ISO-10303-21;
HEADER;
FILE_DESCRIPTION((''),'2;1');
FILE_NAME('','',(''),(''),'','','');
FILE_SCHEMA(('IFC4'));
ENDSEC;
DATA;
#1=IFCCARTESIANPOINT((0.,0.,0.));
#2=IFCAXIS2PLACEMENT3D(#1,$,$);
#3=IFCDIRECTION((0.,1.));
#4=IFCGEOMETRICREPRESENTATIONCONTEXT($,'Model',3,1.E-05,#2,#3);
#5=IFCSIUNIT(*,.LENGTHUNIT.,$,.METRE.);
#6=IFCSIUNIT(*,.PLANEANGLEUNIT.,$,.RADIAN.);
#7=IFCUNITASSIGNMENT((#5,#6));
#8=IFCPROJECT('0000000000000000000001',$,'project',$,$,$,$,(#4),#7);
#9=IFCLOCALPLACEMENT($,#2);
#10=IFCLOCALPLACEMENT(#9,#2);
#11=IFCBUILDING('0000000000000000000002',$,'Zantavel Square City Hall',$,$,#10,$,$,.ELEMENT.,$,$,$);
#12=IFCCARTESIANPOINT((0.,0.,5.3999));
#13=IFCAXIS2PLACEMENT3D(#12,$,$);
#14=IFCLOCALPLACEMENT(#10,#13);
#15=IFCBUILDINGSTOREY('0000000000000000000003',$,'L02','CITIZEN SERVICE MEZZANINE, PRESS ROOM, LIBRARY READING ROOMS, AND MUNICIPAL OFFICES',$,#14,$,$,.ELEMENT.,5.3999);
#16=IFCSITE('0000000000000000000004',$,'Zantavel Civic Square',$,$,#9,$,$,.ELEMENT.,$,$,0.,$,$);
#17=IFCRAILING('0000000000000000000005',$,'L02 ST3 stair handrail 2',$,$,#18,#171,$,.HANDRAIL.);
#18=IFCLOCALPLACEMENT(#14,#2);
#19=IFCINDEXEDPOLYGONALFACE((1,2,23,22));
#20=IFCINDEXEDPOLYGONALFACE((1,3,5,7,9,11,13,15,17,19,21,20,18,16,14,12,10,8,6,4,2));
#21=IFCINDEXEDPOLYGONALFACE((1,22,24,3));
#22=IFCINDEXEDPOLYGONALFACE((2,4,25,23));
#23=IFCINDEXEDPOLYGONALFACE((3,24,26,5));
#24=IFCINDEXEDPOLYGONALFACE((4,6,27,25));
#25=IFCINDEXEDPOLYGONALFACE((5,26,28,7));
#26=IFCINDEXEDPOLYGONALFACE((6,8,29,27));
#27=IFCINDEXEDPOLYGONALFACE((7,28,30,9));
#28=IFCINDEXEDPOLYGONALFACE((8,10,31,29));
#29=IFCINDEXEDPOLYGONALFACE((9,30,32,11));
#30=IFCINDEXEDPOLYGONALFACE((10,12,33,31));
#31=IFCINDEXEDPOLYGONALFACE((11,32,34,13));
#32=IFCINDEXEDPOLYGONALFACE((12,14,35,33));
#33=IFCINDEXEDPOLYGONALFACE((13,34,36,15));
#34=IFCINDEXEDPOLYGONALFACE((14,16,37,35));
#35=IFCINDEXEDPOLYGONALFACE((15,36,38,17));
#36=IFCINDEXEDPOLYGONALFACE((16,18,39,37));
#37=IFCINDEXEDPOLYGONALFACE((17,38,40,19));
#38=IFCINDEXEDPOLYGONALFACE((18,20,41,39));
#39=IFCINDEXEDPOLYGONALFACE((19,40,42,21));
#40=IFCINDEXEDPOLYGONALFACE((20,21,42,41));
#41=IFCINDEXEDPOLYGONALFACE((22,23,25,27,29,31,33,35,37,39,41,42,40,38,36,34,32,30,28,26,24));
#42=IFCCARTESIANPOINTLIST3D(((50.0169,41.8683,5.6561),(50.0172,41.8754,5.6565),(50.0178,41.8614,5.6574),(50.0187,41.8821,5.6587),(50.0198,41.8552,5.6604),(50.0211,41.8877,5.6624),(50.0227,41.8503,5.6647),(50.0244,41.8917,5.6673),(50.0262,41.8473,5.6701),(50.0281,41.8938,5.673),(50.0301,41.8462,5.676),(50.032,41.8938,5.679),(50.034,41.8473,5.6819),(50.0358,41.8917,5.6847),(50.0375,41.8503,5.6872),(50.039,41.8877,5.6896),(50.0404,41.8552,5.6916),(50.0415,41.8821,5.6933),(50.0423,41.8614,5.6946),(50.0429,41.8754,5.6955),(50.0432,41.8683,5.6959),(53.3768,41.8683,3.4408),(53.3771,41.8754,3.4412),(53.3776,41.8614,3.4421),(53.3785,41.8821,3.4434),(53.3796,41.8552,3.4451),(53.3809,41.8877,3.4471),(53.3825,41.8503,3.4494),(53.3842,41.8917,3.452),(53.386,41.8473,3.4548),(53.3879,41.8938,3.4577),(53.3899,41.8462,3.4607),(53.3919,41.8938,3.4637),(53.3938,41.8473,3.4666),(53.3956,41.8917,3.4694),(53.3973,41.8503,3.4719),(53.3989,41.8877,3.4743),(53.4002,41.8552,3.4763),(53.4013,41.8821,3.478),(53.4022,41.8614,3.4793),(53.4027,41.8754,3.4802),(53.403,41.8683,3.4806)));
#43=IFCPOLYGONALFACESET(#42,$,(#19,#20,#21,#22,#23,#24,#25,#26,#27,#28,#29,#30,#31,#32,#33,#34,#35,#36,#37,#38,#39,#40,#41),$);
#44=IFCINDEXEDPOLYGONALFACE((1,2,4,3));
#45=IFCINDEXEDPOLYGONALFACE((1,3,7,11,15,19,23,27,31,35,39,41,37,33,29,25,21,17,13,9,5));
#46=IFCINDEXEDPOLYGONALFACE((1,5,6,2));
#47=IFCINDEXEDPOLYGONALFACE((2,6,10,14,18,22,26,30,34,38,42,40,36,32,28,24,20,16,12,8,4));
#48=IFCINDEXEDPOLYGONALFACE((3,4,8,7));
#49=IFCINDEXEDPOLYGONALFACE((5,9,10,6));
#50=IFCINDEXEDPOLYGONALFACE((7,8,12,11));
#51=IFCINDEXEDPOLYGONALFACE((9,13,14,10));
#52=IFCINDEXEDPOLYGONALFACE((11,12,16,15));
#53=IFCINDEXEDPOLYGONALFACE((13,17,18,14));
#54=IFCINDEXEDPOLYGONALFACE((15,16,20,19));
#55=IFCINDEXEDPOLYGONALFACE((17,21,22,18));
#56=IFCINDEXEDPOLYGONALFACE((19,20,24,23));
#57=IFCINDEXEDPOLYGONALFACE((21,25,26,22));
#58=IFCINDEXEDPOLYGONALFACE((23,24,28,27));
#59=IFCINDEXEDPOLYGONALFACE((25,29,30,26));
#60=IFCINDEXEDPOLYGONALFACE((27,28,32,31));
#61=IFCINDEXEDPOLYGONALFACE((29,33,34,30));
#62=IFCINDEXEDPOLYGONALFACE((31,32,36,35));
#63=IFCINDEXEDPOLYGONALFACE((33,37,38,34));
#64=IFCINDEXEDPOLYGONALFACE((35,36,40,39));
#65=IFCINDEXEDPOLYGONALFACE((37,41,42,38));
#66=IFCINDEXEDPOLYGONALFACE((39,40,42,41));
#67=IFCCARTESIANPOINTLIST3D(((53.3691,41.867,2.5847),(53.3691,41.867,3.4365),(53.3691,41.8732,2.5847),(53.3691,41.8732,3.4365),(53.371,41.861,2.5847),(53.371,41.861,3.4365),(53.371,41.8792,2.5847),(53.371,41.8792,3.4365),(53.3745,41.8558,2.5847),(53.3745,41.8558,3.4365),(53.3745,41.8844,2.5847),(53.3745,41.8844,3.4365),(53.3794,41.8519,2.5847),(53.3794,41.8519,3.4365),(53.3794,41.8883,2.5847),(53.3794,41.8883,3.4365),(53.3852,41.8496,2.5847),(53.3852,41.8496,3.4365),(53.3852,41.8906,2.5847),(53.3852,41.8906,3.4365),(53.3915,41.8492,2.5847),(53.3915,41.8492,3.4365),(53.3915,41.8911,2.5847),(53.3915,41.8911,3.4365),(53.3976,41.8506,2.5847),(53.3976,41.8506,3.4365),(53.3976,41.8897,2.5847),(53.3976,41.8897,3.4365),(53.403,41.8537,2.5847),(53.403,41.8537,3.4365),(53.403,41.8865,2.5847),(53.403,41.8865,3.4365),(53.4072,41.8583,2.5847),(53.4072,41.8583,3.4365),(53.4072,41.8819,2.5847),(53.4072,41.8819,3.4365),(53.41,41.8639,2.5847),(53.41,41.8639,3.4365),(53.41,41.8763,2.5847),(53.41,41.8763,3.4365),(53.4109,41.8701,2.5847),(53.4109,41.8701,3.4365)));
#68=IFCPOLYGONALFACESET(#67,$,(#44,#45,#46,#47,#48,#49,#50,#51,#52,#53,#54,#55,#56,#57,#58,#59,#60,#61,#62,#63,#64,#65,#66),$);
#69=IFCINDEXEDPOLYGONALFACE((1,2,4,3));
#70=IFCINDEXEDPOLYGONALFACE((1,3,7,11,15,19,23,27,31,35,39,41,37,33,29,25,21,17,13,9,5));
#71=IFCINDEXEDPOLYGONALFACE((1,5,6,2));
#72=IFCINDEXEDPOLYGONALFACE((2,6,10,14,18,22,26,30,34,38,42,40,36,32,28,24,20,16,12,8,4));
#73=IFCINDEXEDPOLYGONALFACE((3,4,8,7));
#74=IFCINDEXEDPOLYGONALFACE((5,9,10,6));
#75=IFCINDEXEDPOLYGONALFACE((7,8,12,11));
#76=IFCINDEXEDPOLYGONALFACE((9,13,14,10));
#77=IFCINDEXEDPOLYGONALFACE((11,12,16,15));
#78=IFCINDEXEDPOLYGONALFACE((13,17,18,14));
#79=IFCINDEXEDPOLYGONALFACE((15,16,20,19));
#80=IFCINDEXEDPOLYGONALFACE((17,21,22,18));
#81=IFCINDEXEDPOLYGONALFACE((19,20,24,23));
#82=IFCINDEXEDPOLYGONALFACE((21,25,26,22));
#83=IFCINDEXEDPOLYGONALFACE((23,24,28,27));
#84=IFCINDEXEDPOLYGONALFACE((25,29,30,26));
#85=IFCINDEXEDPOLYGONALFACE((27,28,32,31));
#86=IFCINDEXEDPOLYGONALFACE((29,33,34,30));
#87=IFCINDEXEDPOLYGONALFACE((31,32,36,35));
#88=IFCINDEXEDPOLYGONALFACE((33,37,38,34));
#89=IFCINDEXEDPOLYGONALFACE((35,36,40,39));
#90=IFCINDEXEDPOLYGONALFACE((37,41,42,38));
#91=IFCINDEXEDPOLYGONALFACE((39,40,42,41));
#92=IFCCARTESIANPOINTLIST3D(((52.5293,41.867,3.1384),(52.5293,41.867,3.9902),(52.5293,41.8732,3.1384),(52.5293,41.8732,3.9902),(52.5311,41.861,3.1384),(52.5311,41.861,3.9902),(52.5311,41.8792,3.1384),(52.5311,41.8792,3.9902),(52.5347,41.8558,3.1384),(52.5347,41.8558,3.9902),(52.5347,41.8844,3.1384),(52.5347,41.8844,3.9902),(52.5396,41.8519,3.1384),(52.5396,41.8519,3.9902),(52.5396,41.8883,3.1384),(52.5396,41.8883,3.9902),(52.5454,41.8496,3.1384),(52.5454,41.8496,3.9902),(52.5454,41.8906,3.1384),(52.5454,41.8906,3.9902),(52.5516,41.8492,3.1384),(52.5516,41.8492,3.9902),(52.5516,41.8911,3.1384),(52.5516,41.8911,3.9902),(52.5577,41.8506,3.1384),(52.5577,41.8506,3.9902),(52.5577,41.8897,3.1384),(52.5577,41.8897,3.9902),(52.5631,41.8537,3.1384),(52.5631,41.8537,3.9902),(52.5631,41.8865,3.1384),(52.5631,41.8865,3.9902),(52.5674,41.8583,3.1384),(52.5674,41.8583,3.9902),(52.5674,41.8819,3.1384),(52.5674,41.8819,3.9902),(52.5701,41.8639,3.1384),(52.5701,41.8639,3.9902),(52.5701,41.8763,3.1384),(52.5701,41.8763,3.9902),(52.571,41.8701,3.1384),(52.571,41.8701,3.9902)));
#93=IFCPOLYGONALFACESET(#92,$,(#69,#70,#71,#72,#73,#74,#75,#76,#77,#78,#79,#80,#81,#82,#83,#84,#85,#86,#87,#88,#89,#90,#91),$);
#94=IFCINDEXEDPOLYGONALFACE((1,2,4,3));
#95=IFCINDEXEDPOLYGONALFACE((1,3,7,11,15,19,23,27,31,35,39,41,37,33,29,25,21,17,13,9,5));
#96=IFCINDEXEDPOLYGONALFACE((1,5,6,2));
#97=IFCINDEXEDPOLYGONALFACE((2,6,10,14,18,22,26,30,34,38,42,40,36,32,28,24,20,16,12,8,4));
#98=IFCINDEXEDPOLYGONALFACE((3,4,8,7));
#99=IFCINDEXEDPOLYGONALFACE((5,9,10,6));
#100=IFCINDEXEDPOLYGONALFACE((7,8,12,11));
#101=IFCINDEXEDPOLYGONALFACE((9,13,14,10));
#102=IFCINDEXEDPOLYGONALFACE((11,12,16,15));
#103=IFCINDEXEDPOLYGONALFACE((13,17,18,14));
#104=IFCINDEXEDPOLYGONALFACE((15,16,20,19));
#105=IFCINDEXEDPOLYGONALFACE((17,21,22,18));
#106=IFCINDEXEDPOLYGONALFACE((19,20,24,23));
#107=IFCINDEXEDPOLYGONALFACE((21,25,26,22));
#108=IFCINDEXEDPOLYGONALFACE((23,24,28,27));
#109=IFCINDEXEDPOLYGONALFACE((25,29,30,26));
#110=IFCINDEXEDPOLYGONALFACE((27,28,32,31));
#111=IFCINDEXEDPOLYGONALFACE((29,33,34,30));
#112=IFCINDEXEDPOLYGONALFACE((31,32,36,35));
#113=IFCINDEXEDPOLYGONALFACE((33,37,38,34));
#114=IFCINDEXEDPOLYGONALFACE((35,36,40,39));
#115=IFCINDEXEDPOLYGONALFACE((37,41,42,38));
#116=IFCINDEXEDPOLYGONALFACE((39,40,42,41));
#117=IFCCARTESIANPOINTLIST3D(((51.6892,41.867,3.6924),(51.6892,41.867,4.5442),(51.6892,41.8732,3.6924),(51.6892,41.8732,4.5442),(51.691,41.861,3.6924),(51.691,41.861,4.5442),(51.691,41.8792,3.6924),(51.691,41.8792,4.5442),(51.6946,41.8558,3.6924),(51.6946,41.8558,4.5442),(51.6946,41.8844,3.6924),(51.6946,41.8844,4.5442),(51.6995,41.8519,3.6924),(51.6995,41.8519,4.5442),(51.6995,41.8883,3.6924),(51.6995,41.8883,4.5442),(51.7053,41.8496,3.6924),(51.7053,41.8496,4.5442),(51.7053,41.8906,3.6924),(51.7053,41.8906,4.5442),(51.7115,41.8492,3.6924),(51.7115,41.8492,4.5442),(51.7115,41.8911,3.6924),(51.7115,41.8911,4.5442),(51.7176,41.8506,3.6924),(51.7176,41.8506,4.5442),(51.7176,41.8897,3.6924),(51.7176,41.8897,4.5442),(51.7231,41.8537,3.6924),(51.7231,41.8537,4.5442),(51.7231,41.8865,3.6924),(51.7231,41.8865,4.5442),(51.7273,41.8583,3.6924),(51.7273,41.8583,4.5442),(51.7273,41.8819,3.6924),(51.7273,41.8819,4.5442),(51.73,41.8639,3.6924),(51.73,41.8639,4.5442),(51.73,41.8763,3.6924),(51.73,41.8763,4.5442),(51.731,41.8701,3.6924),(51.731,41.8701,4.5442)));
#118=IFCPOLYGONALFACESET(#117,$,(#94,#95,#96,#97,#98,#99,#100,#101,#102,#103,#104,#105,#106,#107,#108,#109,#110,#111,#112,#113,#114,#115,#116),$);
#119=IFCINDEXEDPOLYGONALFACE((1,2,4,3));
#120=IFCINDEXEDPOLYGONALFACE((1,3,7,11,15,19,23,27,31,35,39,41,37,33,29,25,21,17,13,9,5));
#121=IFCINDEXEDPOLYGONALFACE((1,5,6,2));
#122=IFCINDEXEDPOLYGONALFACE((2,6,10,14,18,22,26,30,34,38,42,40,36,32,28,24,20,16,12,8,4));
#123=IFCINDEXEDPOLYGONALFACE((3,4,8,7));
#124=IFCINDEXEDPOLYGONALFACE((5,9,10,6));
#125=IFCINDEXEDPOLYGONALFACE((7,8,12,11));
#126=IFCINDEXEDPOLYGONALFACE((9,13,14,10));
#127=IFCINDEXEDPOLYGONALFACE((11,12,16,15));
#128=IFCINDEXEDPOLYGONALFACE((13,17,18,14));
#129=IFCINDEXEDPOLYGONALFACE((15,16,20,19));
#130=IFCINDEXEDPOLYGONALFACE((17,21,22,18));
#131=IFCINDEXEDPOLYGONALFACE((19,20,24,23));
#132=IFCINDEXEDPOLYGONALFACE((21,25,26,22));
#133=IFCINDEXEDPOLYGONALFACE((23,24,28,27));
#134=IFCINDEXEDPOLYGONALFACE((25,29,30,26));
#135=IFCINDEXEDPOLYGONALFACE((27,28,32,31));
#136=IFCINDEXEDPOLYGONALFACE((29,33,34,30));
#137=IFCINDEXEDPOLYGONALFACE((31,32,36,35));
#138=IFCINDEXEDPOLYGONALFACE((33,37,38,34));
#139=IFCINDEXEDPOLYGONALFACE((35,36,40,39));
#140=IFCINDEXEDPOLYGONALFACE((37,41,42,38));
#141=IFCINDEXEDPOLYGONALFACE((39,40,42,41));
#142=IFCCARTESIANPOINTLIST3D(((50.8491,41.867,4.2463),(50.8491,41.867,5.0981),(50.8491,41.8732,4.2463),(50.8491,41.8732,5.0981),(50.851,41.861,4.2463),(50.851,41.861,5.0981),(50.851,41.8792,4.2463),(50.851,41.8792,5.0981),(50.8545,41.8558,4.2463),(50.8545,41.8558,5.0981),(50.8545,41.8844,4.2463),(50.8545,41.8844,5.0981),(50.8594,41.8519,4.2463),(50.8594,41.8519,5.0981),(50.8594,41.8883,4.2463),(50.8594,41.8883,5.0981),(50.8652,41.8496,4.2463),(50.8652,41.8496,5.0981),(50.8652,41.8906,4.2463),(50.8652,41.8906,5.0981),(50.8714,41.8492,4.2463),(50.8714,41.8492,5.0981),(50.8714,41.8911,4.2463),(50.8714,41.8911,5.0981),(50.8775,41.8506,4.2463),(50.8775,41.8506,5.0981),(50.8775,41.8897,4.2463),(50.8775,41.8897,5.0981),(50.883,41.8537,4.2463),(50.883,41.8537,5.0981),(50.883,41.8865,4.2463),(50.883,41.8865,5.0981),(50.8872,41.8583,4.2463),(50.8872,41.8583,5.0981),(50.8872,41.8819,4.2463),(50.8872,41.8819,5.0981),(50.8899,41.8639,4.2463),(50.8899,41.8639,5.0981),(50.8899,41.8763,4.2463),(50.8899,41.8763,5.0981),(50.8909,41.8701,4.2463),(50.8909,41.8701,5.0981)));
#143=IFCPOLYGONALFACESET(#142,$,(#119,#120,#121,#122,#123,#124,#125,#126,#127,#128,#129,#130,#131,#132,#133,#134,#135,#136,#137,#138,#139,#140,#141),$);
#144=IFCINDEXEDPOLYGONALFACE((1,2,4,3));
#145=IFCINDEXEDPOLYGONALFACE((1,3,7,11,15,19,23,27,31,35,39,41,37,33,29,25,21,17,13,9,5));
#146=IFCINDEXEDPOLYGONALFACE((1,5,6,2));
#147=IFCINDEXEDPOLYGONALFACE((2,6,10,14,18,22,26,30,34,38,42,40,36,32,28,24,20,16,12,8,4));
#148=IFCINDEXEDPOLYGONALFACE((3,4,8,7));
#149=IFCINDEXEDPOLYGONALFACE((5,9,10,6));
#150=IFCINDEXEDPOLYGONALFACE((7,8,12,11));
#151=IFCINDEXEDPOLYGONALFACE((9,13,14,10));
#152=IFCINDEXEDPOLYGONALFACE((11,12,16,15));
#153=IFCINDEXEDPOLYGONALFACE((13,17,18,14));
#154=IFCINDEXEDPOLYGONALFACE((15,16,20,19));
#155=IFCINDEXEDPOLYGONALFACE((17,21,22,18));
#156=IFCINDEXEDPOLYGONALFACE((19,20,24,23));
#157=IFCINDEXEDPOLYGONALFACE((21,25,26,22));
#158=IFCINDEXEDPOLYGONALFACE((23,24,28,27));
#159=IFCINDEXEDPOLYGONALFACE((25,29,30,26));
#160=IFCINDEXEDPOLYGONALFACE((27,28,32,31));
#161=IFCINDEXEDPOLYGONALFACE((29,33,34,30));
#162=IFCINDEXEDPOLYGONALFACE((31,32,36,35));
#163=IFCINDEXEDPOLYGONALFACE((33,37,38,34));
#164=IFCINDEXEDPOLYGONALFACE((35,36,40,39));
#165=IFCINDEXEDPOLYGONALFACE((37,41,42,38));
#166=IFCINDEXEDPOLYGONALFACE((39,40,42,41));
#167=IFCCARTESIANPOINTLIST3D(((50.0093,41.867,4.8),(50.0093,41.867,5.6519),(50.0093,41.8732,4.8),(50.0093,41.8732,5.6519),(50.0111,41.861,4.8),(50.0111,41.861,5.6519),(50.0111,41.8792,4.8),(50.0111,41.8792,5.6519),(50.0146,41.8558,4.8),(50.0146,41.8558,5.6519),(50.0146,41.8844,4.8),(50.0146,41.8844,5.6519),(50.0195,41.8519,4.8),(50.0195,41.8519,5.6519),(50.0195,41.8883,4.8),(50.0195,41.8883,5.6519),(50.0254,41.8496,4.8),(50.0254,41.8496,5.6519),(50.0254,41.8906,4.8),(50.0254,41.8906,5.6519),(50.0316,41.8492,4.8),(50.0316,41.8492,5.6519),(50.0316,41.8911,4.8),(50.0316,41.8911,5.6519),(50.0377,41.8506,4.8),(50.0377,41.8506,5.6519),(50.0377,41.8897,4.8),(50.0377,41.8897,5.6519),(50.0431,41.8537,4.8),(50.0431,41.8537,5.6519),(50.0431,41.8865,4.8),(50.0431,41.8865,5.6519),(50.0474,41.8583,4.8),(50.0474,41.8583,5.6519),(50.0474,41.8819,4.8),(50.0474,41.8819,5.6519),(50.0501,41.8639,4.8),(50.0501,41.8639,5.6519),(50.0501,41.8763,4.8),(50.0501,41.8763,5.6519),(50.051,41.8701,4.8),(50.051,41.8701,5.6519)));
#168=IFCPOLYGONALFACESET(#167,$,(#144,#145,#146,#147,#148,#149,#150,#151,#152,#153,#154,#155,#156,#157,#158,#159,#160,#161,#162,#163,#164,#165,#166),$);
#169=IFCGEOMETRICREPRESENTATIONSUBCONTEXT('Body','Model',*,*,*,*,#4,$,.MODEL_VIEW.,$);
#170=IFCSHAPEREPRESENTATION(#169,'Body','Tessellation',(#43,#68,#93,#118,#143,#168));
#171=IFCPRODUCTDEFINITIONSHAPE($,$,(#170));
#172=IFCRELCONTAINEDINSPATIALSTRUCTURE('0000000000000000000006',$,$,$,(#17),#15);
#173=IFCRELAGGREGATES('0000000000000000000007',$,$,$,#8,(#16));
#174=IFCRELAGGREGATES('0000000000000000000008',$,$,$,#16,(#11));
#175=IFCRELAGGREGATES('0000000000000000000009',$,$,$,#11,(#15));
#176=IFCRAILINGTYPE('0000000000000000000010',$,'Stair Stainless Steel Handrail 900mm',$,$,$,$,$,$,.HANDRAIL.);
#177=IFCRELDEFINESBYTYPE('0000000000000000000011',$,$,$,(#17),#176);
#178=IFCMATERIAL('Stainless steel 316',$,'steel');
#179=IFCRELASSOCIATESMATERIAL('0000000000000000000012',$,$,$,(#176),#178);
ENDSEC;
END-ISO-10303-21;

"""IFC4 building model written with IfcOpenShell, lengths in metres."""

from ifc_helpers import new_model, si_unit, direction, frame, origin, origin_2d, place, context, subcontext, project, spatial, circle, extrude, material, type_object, element, save


model = new_model("IFC4")

# Units and contexts
model_context = context("Model", 3, precision=1e-05, world=origin(), true_north=direction((0.0, 1.0)))
body_context = subcontext(model_context, "Body", "Model", "MODEL_VIEW")
ifc_project = project(units=[si_unit("LENGTHUNIT", "METRE"), si_unit("PLANEANGLEUNIT", "RADIAN")], contexts=[model_context])

# Site, building, storey
site_placement = place(None, origin())
site = spatial("IfcSite", under=ifc_project, at=site_placement, Name="Zantavel Civic Square", CompositionType="ELEMENT", RefElevation=0.0)
building_placement = place(site_placement, origin())
building = spatial("IfcBuilding", under=site, at=building_placement, Name="Zantavel Square City Hall", CompositionType="ELEMENT")
storey_placement = place(building_placement, frame((0.0, 0.0, 5.3999)))
storey = spatial("IfcBuildingStorey", under=building, at=storey_placement, Name="L02", Description="CITIZEN SERVICE MEZZANINE, PRESS ROOM, LIBRARY READING ROOMS, AND MUNICIPAL OFFICES", CompositionType="ELEMENT", Elevation=5.3999)

# Railing
ifc_material_1 = material(Name="Stainless steel 316", Category="steel")
railing_type_1 = type_object("IfcRailingType", Name="Stair Stainless Steel Handrail 900mm", PredefinedType="HANDRAIL", material=ifc_material_1)
railing_1_placement = place(storey_placement, frame((53.3899, 41.8701, 2.5847)))
element("IfcRailing", 1, at=railing_1_placement, inside=storey, type_object=railing_type_1, Name="L02 ST3 stair handrail 2", PredefinedType="HANDRAIL", context=body_context, shape_type="SweptSolid", body=[
    extrude(circle(Radius=0.0239, at=origin_2d()), frame((0.0, 0.0, 0.876), z_axis=(-0.834858, 0.0, 0.550465), x_axis=(0.0, -1.0, 0.0)), (0.0, 0.0, 1.0), 4.0244),
    extrude(circle(Radius=0.021, at=origin_2d()), origin(), (0.0, 0.0, 1.0), 0.8518),
    extrude(circle(Radius=0.021, at=origin_2d()), frame((-0.8398, 0.0, 0.5537)), (0.0, 0.0, 1.0), 0.8518),
    extrude(circle(Radius=0.021, at=origin_2d()), frame((-1.6799, 0.0, 1.1077)), (0.0, 0.0, 1.0), 0.8518),
    extrude(circle(Radius=0.021, at=origin_2d()), frame((-2.52, 0.0, 1.6616)), (0.0, 0.0, 1.0), 0.8518),
    extrude(circle(Radius=0.021, at=origin_2d()), frame((-3.3599, 0.0, 2.2153)), (0.0, 0.0, 1.0), 0.8518),
])

save(model, "model.ifc")
